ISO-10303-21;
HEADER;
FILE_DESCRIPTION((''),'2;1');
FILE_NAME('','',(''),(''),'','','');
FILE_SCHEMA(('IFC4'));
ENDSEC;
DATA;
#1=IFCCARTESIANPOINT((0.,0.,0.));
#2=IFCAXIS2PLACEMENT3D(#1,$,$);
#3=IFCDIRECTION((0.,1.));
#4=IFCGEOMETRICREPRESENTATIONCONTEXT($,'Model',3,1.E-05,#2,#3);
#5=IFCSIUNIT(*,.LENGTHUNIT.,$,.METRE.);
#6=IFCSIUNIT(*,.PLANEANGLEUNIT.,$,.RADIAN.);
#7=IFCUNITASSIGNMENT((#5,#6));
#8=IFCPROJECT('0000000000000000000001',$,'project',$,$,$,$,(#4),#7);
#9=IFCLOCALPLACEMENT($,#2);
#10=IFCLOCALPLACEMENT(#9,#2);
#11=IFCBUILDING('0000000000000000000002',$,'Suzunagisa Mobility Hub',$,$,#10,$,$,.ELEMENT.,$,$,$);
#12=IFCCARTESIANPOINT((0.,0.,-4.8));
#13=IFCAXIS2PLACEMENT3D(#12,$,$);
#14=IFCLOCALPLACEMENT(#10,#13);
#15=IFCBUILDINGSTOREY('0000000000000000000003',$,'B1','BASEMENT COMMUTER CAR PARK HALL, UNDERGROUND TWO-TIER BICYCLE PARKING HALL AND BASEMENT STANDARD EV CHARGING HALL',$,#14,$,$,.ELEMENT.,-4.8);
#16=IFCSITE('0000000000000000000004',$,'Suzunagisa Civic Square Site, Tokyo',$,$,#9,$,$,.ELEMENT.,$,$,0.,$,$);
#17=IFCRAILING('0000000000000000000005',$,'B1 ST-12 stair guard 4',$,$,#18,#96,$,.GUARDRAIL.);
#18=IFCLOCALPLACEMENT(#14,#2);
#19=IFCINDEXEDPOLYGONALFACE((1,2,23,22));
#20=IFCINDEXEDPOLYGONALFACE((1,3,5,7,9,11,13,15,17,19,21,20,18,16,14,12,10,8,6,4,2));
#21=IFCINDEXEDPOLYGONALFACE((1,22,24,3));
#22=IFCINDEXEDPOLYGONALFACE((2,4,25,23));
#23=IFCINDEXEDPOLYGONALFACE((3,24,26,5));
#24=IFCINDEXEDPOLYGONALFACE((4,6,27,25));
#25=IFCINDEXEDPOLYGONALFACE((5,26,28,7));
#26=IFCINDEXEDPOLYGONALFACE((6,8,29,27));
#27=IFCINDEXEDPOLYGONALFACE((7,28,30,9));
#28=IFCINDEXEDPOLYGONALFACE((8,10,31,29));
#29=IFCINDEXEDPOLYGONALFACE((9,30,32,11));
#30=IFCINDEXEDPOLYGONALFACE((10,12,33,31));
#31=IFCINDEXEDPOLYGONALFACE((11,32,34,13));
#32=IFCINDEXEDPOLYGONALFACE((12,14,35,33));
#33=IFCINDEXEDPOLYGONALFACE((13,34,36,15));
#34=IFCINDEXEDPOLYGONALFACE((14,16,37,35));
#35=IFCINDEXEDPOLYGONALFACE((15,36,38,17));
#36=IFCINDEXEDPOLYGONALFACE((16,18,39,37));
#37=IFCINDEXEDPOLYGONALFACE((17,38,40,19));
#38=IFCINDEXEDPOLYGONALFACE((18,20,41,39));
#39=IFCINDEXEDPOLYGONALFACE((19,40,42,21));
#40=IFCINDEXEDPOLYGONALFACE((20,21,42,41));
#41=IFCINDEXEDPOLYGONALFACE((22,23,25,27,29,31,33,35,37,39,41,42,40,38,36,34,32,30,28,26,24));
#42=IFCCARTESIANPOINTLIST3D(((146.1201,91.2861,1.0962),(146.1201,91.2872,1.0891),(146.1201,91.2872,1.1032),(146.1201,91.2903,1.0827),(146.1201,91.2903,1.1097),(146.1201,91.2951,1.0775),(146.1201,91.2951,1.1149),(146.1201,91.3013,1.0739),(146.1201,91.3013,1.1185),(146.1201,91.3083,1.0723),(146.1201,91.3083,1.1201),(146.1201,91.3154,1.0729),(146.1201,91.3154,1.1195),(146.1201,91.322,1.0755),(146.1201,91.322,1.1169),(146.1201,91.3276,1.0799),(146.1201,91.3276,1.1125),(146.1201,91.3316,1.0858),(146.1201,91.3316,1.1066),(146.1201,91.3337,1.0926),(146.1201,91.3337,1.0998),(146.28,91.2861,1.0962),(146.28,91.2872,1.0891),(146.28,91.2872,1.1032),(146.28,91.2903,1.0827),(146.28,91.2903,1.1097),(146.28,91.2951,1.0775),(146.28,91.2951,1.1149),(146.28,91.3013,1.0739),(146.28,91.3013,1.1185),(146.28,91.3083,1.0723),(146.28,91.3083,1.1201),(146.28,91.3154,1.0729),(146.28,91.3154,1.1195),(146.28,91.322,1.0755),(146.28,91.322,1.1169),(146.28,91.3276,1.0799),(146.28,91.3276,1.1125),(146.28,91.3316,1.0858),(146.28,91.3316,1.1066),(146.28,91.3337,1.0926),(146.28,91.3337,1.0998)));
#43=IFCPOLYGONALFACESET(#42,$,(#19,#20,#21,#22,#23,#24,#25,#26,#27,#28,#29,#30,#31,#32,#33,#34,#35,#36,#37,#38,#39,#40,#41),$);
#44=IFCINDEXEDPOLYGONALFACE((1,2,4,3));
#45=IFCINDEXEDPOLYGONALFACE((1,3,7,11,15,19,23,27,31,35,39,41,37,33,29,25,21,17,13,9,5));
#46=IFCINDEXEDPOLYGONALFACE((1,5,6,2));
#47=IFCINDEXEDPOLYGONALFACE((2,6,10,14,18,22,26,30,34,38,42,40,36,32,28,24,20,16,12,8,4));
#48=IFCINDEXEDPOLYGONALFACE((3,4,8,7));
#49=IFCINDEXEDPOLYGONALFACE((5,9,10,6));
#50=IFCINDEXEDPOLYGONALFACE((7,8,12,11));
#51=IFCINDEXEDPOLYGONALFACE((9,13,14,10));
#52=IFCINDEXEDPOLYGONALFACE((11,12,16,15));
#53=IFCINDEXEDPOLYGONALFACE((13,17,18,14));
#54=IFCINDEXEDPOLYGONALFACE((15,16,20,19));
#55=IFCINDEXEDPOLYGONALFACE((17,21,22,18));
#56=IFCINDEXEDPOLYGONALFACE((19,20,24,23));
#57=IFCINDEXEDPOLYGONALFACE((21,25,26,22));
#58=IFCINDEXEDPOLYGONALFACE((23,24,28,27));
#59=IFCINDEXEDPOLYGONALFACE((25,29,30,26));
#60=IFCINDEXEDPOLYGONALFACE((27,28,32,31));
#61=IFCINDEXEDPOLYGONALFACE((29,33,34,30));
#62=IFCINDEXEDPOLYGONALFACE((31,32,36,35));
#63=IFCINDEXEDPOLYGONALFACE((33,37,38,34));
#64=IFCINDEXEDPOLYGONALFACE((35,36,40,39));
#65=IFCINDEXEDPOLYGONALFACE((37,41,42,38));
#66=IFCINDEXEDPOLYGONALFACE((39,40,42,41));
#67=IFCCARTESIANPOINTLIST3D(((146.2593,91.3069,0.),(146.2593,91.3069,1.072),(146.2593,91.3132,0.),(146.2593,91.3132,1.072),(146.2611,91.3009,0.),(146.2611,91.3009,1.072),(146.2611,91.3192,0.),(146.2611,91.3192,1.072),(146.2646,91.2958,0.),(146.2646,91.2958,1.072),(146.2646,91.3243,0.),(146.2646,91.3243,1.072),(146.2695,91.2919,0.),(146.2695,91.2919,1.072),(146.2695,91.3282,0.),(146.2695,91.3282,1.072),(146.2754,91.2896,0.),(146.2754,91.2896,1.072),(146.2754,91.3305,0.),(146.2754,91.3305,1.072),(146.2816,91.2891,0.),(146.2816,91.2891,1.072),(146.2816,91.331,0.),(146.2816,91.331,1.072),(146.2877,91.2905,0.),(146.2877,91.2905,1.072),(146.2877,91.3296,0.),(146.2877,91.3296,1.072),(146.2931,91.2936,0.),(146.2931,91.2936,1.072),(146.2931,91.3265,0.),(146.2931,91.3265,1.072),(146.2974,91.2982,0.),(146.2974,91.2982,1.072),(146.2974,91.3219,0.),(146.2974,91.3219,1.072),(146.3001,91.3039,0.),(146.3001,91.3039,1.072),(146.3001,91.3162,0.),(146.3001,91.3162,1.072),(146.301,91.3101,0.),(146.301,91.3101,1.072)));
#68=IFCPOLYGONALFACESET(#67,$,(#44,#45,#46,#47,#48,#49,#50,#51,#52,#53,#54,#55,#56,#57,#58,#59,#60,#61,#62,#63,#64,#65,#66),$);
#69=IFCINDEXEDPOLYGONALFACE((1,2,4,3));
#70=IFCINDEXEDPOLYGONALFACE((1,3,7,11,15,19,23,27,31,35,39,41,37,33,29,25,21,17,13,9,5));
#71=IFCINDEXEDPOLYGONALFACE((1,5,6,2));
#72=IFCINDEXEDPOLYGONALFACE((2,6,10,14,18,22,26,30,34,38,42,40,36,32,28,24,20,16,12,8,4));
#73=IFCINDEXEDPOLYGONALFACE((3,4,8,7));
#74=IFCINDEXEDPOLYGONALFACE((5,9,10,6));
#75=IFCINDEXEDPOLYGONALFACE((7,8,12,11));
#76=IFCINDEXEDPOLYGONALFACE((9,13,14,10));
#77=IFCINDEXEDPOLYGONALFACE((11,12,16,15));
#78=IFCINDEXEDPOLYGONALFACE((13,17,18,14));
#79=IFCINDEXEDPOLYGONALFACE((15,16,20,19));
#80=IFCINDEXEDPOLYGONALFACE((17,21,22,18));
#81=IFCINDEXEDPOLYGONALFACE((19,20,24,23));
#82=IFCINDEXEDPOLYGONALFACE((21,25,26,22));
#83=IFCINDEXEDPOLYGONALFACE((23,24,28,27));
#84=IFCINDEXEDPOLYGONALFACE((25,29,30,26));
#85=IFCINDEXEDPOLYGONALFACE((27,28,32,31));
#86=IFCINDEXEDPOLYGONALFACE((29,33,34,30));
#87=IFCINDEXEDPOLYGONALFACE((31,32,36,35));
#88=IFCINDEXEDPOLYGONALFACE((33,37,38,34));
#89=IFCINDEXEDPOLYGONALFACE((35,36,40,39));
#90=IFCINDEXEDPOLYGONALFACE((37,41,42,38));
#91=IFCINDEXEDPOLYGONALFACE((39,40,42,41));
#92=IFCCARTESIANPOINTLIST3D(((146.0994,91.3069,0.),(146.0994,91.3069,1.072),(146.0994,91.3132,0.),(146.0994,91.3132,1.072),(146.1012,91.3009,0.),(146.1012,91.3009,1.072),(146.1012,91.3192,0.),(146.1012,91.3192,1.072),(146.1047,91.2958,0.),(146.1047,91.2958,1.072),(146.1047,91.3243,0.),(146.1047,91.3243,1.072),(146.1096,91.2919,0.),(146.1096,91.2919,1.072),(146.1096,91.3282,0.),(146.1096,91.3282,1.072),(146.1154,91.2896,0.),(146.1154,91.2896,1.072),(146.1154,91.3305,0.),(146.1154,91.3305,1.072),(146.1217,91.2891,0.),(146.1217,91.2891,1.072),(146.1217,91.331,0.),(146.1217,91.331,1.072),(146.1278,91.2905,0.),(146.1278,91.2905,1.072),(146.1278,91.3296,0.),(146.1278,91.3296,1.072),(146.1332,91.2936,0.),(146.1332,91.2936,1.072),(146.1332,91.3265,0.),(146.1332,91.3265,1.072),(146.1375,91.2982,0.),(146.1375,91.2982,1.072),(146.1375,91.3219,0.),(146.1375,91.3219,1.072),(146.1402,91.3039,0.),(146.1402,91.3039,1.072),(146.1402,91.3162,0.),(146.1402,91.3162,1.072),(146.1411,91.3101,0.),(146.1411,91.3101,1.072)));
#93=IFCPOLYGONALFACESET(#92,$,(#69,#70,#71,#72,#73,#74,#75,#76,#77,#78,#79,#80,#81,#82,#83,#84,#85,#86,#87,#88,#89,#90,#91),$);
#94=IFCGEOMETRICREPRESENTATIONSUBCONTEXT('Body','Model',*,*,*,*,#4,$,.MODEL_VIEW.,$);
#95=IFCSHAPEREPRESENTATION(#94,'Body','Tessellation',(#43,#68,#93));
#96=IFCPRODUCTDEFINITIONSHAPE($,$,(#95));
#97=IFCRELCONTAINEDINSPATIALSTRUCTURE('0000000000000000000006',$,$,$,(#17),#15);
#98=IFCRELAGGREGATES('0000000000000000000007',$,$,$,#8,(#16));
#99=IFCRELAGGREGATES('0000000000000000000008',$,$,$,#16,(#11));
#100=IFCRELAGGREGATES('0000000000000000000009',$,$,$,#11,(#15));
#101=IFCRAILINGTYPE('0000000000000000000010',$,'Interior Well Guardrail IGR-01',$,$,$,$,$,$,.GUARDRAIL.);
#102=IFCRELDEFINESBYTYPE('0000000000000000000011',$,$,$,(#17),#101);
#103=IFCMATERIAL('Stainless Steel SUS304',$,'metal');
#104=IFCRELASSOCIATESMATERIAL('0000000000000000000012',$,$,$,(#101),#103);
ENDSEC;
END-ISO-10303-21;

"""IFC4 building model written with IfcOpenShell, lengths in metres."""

from ifc_helpers import new_model, si_unit, direction, frame, origin, origin_2d, place, context, subcontext, project, spatial, circle, extrude, material, type_object, element, save


model = new_model("IFC4")

# Units and contexts
model_context = context("Model", 3, precision=1e-05, world=origin(), true_north=direction((0.0, 1.0)))
body_context = subcontext(model_context, "Body", "Model", "MODEL_VIEW")
ifc_project = project(units=[si_unit("LENGTHUNIT", "METRE"), si_unit("PLANEANGLEUNIT", "RADIAN")], contexts=[model_context])

# Site, building, storey
site_placement = place(None, origin())
site = spatial("IfcSite", under=ifc_project, at=site_placement, Name="Suzunagisa Civic Square Site, Tokyo", CompositionType="ELEMENT", RefElevation=0.0)
building_placement = place(site_placement, origin())
building = spatial("IfcBuilding", under=site, at=building_placement, Name="Suzunagisa Mobility Hub", CompositionType="ELEMENT")
storey_placement = place(building_placement, frame((0.0, 0.0, -4.8)))
storey = spatial("IfcBuildingStorey", under=building, at=storey_placement, Name="B1", Description="BASEMENT COMMUTER CAR PARK HALL, UNDERGROUND TWO-TIER BICYCLE PARKING HALL AND BASEMENT STANDARD EV CHARGING HALL", CompositionType="ELEMENT", Elevation=-4.8)

# Railing
ifc_material_1 = material(Name="Stainless Steel SUS304", Category="metal")
railing_type_1 = type_object("IfcRailingType", Name="Interior Well Guardrail IGR-01", PredefinedType="GUARDRAIL", material=ifc_material_1)
railing_1_placement = place(storey_placement, frame((146.28, 91.3101, 0.0)))
element("IfcRailing", 1, at=railing_1_placement, inside=storey, type_object=railing_type_1, Name="B1 ST-12 stair guard 4", PredefinedType="GUARDRAIL", context=body_context, shape_type="SweptSolid", body=[
    extrude(circle(Radius=0.0239, at=origin_2d()), frame((0.0, 0.0, 1.0962), z_axis=(-1.0, 0.0, 0.0), x_axis=(0.0, -1.0, 0.0)), (0.0, 0.0, 1.0), 0.1599),
    extrude(circle(Radius=0.021, at=origin_2d()), origin(), (0.0, 0.0, 1.0), 1.072),
    extrude(circle(Radius=0.021, at=origin_2d()), frame((-0.1599, 0.0, 0.0)), (0.0, 0.0, 1.0), 1.072),
])

save(model, "model.ifc")
